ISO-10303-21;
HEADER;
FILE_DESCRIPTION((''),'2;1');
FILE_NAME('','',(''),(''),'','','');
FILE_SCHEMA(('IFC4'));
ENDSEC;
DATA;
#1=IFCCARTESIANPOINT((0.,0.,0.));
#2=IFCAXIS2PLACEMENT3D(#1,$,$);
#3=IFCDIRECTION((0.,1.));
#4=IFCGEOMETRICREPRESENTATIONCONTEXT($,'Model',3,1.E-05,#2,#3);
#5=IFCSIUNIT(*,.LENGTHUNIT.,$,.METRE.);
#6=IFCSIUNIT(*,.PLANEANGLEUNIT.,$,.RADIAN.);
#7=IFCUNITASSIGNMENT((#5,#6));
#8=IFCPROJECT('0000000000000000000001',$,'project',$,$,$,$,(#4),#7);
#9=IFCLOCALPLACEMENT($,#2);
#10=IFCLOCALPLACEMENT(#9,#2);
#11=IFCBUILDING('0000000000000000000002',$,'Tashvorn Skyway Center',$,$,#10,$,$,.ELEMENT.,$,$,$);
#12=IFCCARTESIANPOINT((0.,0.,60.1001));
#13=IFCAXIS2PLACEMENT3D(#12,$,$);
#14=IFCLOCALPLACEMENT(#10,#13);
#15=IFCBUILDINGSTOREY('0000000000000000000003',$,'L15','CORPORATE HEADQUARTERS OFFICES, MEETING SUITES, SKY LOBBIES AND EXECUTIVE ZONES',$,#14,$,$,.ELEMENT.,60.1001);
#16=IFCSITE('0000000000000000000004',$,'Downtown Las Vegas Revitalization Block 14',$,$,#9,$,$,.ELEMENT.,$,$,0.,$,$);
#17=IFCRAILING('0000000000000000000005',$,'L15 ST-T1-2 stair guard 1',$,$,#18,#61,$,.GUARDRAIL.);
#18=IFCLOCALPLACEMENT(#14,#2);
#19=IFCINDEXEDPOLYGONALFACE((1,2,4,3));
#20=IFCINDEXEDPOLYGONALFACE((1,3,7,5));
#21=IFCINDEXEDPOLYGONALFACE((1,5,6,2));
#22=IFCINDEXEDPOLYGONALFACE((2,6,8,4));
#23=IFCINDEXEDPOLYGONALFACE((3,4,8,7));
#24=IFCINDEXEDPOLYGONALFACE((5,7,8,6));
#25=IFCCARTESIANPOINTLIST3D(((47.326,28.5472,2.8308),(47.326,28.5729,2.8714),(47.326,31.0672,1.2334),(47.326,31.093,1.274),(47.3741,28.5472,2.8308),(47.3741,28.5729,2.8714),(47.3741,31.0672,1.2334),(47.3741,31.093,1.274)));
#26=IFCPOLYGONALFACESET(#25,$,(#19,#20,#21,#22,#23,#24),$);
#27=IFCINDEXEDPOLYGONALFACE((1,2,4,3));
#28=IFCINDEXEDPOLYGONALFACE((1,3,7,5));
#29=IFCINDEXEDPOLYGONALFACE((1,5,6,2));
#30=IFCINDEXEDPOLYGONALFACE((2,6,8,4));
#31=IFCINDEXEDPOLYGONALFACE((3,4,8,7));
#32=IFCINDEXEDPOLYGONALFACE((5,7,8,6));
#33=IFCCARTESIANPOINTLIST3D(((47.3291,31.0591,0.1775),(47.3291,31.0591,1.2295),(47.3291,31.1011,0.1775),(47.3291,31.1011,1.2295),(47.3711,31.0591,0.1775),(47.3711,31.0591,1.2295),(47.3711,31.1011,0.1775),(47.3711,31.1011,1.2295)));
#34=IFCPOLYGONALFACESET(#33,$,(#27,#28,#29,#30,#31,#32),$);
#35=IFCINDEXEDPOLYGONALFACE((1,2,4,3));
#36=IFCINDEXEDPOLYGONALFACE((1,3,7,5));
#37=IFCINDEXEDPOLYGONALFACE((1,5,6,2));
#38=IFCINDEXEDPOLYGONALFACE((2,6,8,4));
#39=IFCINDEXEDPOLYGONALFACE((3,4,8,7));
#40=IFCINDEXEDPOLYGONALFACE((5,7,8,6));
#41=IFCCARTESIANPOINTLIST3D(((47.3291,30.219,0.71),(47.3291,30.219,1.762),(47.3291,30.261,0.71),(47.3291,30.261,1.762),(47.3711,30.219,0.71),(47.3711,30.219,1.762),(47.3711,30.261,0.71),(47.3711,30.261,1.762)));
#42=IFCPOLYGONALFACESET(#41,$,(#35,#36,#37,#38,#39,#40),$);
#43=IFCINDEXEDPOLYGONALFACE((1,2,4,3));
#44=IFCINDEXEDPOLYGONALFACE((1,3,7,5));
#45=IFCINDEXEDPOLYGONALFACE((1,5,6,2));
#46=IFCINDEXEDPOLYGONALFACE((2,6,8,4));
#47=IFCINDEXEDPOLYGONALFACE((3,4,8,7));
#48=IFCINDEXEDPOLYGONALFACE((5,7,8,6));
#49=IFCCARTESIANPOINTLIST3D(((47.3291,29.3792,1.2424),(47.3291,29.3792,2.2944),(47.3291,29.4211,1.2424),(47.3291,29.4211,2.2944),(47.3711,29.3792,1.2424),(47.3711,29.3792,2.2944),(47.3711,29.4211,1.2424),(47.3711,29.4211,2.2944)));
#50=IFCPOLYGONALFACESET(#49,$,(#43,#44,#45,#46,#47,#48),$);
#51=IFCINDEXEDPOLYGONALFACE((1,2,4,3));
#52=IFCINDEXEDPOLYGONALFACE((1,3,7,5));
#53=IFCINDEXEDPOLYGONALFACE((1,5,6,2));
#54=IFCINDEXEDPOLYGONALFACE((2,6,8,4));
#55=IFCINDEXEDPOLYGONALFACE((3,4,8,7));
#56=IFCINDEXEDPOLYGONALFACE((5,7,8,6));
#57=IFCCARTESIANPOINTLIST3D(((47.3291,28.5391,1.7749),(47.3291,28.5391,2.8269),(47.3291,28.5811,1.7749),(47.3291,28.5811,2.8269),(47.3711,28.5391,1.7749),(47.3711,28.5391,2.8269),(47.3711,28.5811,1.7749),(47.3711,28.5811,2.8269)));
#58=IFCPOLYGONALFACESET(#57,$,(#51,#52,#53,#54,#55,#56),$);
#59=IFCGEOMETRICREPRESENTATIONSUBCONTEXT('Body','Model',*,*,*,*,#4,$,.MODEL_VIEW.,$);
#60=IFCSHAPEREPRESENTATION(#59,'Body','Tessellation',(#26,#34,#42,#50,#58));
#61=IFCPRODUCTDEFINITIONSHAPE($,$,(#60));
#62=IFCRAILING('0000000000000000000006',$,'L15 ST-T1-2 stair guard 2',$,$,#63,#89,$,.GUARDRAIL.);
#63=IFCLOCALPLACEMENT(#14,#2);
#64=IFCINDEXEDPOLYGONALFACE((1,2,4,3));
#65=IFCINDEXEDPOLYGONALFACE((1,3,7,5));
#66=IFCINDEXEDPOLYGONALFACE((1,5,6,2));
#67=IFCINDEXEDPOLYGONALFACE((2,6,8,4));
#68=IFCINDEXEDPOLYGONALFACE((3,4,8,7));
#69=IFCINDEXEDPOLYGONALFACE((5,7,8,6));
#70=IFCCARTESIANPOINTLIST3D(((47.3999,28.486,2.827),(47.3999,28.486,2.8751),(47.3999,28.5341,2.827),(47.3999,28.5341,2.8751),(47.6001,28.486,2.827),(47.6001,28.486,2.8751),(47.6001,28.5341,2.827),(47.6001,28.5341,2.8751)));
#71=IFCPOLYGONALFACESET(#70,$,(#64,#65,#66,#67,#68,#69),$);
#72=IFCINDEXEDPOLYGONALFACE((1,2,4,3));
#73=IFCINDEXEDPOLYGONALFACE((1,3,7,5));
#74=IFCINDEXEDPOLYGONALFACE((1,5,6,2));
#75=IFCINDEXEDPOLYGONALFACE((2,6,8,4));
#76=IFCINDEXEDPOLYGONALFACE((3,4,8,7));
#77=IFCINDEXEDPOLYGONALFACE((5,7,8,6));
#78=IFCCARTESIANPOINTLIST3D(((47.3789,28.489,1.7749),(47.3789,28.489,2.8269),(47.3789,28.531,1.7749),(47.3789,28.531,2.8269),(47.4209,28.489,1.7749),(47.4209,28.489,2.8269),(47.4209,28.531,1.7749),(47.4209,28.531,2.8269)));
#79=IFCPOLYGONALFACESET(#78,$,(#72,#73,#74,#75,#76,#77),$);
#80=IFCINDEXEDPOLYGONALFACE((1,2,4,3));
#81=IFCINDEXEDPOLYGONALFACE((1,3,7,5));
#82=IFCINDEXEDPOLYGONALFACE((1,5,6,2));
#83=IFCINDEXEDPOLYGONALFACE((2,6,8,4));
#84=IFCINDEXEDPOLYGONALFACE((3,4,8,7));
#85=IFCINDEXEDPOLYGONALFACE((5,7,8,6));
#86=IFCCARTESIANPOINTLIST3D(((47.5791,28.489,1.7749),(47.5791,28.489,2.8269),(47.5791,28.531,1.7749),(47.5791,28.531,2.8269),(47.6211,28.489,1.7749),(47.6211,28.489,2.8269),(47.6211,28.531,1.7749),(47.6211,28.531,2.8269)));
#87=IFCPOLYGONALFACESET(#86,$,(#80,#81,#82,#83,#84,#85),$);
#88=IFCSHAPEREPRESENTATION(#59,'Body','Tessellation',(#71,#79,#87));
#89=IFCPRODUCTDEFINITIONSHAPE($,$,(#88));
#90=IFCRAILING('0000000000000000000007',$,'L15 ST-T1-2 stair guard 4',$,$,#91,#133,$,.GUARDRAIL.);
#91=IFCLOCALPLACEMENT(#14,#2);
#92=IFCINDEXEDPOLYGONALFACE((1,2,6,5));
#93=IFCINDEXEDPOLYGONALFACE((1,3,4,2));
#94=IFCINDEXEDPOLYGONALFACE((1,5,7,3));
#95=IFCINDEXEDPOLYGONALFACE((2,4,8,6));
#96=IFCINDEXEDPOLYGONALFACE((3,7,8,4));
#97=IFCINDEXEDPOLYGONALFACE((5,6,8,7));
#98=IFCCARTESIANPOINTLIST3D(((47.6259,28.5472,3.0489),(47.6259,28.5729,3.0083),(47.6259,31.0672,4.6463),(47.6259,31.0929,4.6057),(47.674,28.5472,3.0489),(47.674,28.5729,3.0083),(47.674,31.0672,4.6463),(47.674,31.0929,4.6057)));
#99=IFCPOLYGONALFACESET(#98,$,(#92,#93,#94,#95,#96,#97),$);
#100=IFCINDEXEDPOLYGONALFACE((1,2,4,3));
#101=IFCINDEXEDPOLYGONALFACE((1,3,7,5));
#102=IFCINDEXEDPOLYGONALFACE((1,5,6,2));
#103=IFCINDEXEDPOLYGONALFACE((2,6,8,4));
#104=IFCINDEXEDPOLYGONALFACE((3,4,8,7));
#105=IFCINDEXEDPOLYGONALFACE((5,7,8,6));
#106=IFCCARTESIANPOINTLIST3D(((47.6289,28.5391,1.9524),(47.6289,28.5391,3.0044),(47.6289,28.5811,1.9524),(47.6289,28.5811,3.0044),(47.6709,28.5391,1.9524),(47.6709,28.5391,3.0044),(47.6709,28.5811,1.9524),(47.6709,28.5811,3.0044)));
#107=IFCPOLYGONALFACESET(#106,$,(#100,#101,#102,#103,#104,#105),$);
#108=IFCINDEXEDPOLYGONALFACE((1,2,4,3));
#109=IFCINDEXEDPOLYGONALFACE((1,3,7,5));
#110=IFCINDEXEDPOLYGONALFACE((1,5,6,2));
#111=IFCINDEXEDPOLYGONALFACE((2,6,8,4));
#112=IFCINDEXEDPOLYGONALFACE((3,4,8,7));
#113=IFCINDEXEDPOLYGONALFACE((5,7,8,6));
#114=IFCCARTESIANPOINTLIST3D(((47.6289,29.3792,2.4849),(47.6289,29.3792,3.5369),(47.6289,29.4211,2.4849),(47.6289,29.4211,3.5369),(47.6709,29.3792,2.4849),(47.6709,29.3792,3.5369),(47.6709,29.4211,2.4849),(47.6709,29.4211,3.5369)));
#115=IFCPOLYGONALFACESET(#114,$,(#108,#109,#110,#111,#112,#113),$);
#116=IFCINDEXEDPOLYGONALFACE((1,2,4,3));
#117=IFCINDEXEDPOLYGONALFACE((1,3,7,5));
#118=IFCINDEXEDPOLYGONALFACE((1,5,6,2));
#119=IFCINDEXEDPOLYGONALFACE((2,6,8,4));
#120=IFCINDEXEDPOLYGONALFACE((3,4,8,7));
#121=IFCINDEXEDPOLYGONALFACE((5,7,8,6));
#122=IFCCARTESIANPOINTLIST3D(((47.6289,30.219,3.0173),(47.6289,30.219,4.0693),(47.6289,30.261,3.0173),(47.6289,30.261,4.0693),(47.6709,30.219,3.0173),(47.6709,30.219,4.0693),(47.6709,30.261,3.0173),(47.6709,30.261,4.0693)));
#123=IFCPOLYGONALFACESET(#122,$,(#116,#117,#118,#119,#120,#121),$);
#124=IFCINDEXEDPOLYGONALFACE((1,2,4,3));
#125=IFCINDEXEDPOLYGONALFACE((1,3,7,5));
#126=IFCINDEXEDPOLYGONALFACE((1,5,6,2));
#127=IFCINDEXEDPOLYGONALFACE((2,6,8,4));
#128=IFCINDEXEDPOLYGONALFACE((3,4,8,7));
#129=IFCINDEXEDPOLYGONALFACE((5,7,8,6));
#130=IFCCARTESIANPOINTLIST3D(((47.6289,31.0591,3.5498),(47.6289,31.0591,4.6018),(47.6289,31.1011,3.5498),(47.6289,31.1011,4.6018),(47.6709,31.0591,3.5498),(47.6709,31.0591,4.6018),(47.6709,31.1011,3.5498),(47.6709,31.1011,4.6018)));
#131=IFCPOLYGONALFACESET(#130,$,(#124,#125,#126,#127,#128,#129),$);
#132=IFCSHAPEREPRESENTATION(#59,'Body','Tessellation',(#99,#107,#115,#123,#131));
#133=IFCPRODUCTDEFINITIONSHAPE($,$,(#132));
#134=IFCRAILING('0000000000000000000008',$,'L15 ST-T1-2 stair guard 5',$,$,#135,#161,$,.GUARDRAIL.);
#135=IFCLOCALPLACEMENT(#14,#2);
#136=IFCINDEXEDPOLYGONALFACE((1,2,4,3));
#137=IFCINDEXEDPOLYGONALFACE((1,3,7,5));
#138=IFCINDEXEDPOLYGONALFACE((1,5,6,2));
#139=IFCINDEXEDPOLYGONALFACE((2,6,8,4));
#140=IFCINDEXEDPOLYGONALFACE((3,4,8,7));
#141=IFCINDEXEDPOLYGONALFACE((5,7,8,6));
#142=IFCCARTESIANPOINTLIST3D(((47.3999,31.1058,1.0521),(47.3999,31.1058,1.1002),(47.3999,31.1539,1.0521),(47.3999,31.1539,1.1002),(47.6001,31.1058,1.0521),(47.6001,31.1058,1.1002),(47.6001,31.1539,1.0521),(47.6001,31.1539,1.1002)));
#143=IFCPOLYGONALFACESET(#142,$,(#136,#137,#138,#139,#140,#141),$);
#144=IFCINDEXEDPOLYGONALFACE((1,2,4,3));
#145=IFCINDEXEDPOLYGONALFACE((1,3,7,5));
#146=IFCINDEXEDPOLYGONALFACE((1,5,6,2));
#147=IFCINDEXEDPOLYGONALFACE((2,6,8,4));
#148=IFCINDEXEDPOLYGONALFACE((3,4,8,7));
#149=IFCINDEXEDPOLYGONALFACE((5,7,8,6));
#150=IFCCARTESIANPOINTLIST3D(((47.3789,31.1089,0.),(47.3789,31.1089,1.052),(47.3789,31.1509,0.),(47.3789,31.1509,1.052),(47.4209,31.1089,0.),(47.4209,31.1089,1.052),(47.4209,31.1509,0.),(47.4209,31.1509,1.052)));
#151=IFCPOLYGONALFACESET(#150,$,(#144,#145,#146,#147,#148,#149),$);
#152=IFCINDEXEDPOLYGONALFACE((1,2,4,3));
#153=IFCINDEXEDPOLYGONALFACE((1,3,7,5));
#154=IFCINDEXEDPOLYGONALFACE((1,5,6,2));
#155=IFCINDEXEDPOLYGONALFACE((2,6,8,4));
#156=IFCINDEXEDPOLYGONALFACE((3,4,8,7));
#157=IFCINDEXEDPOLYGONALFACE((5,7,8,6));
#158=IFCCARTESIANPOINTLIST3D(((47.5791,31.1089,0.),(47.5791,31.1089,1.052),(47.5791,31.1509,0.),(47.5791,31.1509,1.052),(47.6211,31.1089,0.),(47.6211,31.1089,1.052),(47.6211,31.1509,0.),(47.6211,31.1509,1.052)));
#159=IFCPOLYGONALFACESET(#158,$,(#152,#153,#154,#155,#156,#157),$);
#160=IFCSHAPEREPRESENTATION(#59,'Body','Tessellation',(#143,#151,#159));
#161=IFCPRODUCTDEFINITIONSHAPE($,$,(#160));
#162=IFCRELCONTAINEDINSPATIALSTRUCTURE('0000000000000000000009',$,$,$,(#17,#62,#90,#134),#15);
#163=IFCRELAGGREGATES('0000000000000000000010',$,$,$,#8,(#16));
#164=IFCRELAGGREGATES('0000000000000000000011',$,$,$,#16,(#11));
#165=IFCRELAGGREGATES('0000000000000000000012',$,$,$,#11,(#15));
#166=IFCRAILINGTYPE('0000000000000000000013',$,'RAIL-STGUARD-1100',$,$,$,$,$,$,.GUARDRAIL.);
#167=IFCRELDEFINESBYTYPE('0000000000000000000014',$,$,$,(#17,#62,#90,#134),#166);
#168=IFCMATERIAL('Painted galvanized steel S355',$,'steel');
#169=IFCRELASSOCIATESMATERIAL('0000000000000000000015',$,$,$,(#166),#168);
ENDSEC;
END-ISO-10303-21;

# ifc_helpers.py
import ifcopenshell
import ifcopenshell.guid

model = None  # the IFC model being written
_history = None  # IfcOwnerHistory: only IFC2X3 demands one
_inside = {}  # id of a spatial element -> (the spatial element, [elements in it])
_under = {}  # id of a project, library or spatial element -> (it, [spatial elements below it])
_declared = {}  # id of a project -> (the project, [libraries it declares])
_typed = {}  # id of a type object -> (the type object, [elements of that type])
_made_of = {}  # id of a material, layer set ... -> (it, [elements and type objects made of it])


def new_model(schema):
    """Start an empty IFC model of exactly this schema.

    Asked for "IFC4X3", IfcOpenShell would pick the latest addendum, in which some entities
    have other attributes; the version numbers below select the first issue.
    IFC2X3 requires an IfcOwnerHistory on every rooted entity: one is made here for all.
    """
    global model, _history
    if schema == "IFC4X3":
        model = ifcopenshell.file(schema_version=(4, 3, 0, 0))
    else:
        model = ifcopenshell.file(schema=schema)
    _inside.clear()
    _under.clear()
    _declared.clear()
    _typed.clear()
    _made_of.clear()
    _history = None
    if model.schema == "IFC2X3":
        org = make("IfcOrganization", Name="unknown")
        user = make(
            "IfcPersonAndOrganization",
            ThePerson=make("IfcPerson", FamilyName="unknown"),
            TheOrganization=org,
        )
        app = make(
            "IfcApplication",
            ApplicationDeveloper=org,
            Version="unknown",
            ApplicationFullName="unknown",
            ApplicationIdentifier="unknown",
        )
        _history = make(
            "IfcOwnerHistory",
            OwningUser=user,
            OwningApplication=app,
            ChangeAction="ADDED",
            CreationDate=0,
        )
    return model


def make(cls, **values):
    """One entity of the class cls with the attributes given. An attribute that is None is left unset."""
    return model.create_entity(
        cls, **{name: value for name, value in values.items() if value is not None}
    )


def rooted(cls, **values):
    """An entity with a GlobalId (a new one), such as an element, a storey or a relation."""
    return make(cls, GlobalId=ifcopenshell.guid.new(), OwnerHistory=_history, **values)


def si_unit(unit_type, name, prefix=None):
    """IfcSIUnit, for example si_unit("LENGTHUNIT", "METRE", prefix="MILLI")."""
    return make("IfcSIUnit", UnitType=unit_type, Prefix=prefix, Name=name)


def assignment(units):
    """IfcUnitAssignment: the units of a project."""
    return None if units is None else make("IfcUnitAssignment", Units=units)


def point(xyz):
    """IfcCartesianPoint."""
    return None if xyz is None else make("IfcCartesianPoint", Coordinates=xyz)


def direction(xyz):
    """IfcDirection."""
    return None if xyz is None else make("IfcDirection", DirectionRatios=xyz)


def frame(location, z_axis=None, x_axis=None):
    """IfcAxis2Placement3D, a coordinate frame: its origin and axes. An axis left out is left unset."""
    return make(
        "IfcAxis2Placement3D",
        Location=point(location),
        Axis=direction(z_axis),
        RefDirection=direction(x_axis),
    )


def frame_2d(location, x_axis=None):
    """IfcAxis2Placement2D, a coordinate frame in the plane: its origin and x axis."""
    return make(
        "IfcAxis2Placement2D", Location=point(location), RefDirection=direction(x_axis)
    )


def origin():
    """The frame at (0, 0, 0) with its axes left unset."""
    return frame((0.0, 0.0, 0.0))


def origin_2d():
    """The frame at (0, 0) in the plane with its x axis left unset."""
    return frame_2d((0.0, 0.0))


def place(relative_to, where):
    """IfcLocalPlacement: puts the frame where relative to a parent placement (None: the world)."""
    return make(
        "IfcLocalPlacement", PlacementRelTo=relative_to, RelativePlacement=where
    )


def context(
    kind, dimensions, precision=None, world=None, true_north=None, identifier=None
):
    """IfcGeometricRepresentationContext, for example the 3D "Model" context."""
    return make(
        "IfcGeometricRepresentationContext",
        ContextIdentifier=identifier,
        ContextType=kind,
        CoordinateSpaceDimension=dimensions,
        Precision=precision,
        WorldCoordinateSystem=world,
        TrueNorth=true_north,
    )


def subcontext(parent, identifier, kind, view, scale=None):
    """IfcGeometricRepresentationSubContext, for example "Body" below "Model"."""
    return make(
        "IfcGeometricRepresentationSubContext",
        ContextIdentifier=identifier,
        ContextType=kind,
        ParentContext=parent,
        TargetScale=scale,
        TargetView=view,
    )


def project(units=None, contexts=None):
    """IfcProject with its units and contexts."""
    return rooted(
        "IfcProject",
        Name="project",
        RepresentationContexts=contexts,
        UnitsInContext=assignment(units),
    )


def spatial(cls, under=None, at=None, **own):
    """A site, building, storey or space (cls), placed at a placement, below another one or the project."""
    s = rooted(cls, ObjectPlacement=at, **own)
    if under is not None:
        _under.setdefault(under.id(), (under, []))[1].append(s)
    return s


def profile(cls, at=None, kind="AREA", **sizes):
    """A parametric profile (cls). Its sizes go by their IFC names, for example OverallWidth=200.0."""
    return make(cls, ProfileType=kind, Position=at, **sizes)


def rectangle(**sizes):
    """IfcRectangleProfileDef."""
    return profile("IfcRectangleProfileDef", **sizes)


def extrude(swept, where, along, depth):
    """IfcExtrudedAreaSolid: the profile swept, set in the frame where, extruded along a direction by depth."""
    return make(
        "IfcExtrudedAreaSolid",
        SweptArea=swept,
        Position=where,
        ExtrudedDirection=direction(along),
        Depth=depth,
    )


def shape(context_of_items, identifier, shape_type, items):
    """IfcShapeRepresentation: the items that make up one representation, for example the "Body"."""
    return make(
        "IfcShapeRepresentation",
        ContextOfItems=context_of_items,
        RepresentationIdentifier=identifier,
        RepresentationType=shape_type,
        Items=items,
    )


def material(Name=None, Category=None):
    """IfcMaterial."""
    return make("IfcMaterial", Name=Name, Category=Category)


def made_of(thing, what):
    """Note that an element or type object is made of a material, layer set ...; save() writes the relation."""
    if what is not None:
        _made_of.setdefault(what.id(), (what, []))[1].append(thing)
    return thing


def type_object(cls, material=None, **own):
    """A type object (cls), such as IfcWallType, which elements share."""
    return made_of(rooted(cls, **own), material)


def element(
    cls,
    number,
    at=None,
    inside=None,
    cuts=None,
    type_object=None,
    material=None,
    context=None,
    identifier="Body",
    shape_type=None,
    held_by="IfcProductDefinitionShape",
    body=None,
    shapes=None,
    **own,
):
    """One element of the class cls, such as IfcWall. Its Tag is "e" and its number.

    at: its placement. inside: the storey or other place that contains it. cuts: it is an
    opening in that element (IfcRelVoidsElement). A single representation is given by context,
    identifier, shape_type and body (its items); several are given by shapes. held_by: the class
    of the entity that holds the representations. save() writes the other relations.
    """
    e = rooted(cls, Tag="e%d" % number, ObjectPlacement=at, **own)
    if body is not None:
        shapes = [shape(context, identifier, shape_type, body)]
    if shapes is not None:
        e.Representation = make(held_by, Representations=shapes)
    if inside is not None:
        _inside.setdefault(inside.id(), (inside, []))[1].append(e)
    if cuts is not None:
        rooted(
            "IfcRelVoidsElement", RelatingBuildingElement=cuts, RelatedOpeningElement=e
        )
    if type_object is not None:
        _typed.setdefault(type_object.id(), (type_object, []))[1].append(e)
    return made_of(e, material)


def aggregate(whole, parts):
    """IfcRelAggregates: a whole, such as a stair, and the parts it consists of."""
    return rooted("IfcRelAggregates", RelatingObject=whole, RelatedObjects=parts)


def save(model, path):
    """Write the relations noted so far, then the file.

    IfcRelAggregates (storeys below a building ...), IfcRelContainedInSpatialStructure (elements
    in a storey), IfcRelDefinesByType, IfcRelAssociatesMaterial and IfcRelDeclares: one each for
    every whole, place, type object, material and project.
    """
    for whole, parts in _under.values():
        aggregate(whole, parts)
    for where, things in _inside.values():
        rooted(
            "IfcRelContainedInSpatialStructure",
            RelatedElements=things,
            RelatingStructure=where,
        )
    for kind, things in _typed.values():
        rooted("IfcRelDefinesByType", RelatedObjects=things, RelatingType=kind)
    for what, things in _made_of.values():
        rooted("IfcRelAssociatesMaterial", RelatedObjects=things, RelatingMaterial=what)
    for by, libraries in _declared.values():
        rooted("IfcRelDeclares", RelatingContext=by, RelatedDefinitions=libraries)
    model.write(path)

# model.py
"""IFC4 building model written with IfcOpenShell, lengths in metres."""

from ifc_helpers import new_model, si_unit, direction, frame, origin, origin_2d, place, context, subcontext, project, spatial, rectangle, extrude, material, type_object, element, save


model = new_model("IFC4")

# Units and contexts
model_context = context("Model", 3, precision=1e-05, world=origin(), true_north=direction((0.0, 1.0)))
body_context = subcontext(model_context, "Body", "Model", "MODEL_VIEW")
ifc_project = project(units=[si_unit("LENGTHUNIT", "METRE"), si_unit("PLANEANGLEUNIT", "RADIAN")], contexts=[model_context])

# Site, building, storey
site_placement = place(None, origin())
site = spatial("IfcSite", under=ifc_project, at=site_placement, Name="Downtown Las Vegas Revitalization Block 14", CompositionType="ELEMENT", RefElevation=0.0)
building_placement = place(site_placement, origin())
building = spatial("IfcBuilding", under=site, at=building_placement, Name="Tashvorn Skyway Center", CompositionType="ELEMENT")
storey_placement = place(building_placement, frame((0.0, 0.0, 60.1001)))
storey = spatial("IfcBuildingStorey", under=building, at=storey_placement, Name="L15", Description="CORPORATE HEADQUARTERS OFFICES, MEETING SUITES, SKY LOBBIES AND EXECUTIVE ZONES", CompositionType="ELEMENT", Elevation=60.1001)

# Railings
ifc_material_1 = material(Name="Painted galvanized steel S355", Category="steel")
railing_type_1 = type_object("IfcRailingType", Name="RAIL-STGUARD-1100", PredefinedType="GUARDRAIL", material=ifc_material_1)
railing_1_placement = place(storey_placement, frame((47.3501, 31.0801, 0.1775)))
element("IfcRailing", 1, at=railing_1_placement, inside=storey, type_object=railing_type_1, Name="L15 ST-T1-2 stair guard 1", PredefinedType="GUARDRAIL", context=body_context, shape_type="SweptSolid", body=[
    extrude(rectangle(XDim=0.0481, YDim=0.0481, at=origin_2d()), frame((0.0, 0.0, 1.0762), z_axis=(0.0, -0.844607, 0.535387), x_axis=(1.0, 0.0, 0.0)), (0.0, 0.0, 1.0), 2.9836),
    extrude(rectangle(XDim=0.042, YDim=0.042, at=origin_2d()), origin(), (0.0, 0.0, 1.0), 1.052),
    extrude(rectangle(XDim=0.042, YDim=0.042, at=origin_2d()), frame((0.0, -0.8401, 0.5325)), (0.0, 0.0, 1.0), 1.052),
    extrude(rectangle(XDim=0.042, YDim=0.042, at=origin_2d()), frame((0.0, -1.6799, 1.0649)), (0.0, 0.0, 1.0), 1.052),
    extrude(rectangle(XDim=0.042, YDim=0.042, at=origin_2d()), frame((0.0, -2.52, 1.5974)), (0.0, 0.0, 1.0), 1.052),
])
railing_2_placement = place(storey_placement, frame((47.3999, 28.51, 1.7749)))
element("IfcRailing", 2, at=railing_2_placement, inside=storey, type_object=railing_type_1, Name="L15 ST-T1-2 stair guard 2", PredefinedType="GUARDRAIL", context=body_context, shape_type="SweptSolid", body=[
    extrude(rectangle(XDim=0.0481, YDim=0.0481, at=origin_2d()), frame((0.0, 0.0, 1.0762), z_axis=(1.0, 0.0, 0.0), x_axis=(0.0, 1.0, 0.0)), (0.0, 0.0, 1.0), 0.2002),
    extrude(rectangle(XDim=0.042, YDim=0.042, at=origin_2d()), origin(), (0.0, 0.0, 1.0), 1.052),
    extrude(rectangle(XDim=0.042, YDim=0.042, at=origin_2d()), frame((0.2002, 0.0, 0.0)), (0.0, 0.0, 1.0), 1.052),
])
railing_3_placement = place(storey_placement, frame((47.6499, 28.5601, 1.9524)))
element("IfcRailing", 3, at=railing_3_placement, inside=storey, type_object=railing_type_1, Name="L15 ST-T1-2 stair guard 4", PredefinedType="GUARDRAIL", context=body_context, shape_type="SweptSolid", body=[
    extrude(rectangle(XDim=0.0481, YDim=0.0481, at=origin_2d()), frame((0.0, 0.0, 1.0762), z_axis=(0.0, 0.844607, 0.535387), x_axis=(-1.0, 0.0, 0.0)), (0.0, 0.0, 1.0), 2.9836),
    extrude(rectangle(XDim=0.042, YDim=0.042, at=origin_2d()), origin(), (0.0, 0.0, 1.0), 1.052),
    extrude(rectangle(XDim=0.042, YDim=0.042, at=origin_2d()), frame((0.0, 0.8401, 0.5325)), (0.0, 0.0, 1.0), 1.052),
    extrude(rectangle(XDim=0.042, YDim=0.042, at=origin_2d()), frame((0.0, 1.6799, 1.0649)), (0.0, 0.0, 1.0), 1.052),
    extrude(rectangle(XDim=0.042, YDim=0.042, at=origin_2d()), frame((0.0, 2.52, 1.5974)), (0.0, 0.0, 1.0), 1.052),
])
railing_4_placement = place(storey_placement, frame((47.3999, 31.1299, 0.0)))
element("IfcRailing", 4, at=railing_4_placement, inside=storey, type_object=railing_type_1, Name="L15 ST-T1-2 stair guard 5", PredefinedType="GUARDRAIL", context=body_context, shape_type="SweptSolid", body=[
    extrude(rectangle(XDim=0.0481, YDim=0.0481, at=origin_2d()), frame((0.0, 0.0, 1.0762), z_axis=(1.0, 0.0, 0.0), x_axis=(0.0, 1.0, 0.0)), (0.0, 0.0, 1.0), 0.2002),
    extrude(rectangle(XDim=0.042, YDim=0.042, at=origin_2d()), origin(), (0.0, 0.0, 1.0), 1.052),
    extrude(rectangle(XDim=0.042, YDim=0.042, at=origin_2d()), frame((0.2002, 0.0, 0.0)), (0.0, 0.0, 1.0), 1.052),
])

save(model, "model.ifc")
